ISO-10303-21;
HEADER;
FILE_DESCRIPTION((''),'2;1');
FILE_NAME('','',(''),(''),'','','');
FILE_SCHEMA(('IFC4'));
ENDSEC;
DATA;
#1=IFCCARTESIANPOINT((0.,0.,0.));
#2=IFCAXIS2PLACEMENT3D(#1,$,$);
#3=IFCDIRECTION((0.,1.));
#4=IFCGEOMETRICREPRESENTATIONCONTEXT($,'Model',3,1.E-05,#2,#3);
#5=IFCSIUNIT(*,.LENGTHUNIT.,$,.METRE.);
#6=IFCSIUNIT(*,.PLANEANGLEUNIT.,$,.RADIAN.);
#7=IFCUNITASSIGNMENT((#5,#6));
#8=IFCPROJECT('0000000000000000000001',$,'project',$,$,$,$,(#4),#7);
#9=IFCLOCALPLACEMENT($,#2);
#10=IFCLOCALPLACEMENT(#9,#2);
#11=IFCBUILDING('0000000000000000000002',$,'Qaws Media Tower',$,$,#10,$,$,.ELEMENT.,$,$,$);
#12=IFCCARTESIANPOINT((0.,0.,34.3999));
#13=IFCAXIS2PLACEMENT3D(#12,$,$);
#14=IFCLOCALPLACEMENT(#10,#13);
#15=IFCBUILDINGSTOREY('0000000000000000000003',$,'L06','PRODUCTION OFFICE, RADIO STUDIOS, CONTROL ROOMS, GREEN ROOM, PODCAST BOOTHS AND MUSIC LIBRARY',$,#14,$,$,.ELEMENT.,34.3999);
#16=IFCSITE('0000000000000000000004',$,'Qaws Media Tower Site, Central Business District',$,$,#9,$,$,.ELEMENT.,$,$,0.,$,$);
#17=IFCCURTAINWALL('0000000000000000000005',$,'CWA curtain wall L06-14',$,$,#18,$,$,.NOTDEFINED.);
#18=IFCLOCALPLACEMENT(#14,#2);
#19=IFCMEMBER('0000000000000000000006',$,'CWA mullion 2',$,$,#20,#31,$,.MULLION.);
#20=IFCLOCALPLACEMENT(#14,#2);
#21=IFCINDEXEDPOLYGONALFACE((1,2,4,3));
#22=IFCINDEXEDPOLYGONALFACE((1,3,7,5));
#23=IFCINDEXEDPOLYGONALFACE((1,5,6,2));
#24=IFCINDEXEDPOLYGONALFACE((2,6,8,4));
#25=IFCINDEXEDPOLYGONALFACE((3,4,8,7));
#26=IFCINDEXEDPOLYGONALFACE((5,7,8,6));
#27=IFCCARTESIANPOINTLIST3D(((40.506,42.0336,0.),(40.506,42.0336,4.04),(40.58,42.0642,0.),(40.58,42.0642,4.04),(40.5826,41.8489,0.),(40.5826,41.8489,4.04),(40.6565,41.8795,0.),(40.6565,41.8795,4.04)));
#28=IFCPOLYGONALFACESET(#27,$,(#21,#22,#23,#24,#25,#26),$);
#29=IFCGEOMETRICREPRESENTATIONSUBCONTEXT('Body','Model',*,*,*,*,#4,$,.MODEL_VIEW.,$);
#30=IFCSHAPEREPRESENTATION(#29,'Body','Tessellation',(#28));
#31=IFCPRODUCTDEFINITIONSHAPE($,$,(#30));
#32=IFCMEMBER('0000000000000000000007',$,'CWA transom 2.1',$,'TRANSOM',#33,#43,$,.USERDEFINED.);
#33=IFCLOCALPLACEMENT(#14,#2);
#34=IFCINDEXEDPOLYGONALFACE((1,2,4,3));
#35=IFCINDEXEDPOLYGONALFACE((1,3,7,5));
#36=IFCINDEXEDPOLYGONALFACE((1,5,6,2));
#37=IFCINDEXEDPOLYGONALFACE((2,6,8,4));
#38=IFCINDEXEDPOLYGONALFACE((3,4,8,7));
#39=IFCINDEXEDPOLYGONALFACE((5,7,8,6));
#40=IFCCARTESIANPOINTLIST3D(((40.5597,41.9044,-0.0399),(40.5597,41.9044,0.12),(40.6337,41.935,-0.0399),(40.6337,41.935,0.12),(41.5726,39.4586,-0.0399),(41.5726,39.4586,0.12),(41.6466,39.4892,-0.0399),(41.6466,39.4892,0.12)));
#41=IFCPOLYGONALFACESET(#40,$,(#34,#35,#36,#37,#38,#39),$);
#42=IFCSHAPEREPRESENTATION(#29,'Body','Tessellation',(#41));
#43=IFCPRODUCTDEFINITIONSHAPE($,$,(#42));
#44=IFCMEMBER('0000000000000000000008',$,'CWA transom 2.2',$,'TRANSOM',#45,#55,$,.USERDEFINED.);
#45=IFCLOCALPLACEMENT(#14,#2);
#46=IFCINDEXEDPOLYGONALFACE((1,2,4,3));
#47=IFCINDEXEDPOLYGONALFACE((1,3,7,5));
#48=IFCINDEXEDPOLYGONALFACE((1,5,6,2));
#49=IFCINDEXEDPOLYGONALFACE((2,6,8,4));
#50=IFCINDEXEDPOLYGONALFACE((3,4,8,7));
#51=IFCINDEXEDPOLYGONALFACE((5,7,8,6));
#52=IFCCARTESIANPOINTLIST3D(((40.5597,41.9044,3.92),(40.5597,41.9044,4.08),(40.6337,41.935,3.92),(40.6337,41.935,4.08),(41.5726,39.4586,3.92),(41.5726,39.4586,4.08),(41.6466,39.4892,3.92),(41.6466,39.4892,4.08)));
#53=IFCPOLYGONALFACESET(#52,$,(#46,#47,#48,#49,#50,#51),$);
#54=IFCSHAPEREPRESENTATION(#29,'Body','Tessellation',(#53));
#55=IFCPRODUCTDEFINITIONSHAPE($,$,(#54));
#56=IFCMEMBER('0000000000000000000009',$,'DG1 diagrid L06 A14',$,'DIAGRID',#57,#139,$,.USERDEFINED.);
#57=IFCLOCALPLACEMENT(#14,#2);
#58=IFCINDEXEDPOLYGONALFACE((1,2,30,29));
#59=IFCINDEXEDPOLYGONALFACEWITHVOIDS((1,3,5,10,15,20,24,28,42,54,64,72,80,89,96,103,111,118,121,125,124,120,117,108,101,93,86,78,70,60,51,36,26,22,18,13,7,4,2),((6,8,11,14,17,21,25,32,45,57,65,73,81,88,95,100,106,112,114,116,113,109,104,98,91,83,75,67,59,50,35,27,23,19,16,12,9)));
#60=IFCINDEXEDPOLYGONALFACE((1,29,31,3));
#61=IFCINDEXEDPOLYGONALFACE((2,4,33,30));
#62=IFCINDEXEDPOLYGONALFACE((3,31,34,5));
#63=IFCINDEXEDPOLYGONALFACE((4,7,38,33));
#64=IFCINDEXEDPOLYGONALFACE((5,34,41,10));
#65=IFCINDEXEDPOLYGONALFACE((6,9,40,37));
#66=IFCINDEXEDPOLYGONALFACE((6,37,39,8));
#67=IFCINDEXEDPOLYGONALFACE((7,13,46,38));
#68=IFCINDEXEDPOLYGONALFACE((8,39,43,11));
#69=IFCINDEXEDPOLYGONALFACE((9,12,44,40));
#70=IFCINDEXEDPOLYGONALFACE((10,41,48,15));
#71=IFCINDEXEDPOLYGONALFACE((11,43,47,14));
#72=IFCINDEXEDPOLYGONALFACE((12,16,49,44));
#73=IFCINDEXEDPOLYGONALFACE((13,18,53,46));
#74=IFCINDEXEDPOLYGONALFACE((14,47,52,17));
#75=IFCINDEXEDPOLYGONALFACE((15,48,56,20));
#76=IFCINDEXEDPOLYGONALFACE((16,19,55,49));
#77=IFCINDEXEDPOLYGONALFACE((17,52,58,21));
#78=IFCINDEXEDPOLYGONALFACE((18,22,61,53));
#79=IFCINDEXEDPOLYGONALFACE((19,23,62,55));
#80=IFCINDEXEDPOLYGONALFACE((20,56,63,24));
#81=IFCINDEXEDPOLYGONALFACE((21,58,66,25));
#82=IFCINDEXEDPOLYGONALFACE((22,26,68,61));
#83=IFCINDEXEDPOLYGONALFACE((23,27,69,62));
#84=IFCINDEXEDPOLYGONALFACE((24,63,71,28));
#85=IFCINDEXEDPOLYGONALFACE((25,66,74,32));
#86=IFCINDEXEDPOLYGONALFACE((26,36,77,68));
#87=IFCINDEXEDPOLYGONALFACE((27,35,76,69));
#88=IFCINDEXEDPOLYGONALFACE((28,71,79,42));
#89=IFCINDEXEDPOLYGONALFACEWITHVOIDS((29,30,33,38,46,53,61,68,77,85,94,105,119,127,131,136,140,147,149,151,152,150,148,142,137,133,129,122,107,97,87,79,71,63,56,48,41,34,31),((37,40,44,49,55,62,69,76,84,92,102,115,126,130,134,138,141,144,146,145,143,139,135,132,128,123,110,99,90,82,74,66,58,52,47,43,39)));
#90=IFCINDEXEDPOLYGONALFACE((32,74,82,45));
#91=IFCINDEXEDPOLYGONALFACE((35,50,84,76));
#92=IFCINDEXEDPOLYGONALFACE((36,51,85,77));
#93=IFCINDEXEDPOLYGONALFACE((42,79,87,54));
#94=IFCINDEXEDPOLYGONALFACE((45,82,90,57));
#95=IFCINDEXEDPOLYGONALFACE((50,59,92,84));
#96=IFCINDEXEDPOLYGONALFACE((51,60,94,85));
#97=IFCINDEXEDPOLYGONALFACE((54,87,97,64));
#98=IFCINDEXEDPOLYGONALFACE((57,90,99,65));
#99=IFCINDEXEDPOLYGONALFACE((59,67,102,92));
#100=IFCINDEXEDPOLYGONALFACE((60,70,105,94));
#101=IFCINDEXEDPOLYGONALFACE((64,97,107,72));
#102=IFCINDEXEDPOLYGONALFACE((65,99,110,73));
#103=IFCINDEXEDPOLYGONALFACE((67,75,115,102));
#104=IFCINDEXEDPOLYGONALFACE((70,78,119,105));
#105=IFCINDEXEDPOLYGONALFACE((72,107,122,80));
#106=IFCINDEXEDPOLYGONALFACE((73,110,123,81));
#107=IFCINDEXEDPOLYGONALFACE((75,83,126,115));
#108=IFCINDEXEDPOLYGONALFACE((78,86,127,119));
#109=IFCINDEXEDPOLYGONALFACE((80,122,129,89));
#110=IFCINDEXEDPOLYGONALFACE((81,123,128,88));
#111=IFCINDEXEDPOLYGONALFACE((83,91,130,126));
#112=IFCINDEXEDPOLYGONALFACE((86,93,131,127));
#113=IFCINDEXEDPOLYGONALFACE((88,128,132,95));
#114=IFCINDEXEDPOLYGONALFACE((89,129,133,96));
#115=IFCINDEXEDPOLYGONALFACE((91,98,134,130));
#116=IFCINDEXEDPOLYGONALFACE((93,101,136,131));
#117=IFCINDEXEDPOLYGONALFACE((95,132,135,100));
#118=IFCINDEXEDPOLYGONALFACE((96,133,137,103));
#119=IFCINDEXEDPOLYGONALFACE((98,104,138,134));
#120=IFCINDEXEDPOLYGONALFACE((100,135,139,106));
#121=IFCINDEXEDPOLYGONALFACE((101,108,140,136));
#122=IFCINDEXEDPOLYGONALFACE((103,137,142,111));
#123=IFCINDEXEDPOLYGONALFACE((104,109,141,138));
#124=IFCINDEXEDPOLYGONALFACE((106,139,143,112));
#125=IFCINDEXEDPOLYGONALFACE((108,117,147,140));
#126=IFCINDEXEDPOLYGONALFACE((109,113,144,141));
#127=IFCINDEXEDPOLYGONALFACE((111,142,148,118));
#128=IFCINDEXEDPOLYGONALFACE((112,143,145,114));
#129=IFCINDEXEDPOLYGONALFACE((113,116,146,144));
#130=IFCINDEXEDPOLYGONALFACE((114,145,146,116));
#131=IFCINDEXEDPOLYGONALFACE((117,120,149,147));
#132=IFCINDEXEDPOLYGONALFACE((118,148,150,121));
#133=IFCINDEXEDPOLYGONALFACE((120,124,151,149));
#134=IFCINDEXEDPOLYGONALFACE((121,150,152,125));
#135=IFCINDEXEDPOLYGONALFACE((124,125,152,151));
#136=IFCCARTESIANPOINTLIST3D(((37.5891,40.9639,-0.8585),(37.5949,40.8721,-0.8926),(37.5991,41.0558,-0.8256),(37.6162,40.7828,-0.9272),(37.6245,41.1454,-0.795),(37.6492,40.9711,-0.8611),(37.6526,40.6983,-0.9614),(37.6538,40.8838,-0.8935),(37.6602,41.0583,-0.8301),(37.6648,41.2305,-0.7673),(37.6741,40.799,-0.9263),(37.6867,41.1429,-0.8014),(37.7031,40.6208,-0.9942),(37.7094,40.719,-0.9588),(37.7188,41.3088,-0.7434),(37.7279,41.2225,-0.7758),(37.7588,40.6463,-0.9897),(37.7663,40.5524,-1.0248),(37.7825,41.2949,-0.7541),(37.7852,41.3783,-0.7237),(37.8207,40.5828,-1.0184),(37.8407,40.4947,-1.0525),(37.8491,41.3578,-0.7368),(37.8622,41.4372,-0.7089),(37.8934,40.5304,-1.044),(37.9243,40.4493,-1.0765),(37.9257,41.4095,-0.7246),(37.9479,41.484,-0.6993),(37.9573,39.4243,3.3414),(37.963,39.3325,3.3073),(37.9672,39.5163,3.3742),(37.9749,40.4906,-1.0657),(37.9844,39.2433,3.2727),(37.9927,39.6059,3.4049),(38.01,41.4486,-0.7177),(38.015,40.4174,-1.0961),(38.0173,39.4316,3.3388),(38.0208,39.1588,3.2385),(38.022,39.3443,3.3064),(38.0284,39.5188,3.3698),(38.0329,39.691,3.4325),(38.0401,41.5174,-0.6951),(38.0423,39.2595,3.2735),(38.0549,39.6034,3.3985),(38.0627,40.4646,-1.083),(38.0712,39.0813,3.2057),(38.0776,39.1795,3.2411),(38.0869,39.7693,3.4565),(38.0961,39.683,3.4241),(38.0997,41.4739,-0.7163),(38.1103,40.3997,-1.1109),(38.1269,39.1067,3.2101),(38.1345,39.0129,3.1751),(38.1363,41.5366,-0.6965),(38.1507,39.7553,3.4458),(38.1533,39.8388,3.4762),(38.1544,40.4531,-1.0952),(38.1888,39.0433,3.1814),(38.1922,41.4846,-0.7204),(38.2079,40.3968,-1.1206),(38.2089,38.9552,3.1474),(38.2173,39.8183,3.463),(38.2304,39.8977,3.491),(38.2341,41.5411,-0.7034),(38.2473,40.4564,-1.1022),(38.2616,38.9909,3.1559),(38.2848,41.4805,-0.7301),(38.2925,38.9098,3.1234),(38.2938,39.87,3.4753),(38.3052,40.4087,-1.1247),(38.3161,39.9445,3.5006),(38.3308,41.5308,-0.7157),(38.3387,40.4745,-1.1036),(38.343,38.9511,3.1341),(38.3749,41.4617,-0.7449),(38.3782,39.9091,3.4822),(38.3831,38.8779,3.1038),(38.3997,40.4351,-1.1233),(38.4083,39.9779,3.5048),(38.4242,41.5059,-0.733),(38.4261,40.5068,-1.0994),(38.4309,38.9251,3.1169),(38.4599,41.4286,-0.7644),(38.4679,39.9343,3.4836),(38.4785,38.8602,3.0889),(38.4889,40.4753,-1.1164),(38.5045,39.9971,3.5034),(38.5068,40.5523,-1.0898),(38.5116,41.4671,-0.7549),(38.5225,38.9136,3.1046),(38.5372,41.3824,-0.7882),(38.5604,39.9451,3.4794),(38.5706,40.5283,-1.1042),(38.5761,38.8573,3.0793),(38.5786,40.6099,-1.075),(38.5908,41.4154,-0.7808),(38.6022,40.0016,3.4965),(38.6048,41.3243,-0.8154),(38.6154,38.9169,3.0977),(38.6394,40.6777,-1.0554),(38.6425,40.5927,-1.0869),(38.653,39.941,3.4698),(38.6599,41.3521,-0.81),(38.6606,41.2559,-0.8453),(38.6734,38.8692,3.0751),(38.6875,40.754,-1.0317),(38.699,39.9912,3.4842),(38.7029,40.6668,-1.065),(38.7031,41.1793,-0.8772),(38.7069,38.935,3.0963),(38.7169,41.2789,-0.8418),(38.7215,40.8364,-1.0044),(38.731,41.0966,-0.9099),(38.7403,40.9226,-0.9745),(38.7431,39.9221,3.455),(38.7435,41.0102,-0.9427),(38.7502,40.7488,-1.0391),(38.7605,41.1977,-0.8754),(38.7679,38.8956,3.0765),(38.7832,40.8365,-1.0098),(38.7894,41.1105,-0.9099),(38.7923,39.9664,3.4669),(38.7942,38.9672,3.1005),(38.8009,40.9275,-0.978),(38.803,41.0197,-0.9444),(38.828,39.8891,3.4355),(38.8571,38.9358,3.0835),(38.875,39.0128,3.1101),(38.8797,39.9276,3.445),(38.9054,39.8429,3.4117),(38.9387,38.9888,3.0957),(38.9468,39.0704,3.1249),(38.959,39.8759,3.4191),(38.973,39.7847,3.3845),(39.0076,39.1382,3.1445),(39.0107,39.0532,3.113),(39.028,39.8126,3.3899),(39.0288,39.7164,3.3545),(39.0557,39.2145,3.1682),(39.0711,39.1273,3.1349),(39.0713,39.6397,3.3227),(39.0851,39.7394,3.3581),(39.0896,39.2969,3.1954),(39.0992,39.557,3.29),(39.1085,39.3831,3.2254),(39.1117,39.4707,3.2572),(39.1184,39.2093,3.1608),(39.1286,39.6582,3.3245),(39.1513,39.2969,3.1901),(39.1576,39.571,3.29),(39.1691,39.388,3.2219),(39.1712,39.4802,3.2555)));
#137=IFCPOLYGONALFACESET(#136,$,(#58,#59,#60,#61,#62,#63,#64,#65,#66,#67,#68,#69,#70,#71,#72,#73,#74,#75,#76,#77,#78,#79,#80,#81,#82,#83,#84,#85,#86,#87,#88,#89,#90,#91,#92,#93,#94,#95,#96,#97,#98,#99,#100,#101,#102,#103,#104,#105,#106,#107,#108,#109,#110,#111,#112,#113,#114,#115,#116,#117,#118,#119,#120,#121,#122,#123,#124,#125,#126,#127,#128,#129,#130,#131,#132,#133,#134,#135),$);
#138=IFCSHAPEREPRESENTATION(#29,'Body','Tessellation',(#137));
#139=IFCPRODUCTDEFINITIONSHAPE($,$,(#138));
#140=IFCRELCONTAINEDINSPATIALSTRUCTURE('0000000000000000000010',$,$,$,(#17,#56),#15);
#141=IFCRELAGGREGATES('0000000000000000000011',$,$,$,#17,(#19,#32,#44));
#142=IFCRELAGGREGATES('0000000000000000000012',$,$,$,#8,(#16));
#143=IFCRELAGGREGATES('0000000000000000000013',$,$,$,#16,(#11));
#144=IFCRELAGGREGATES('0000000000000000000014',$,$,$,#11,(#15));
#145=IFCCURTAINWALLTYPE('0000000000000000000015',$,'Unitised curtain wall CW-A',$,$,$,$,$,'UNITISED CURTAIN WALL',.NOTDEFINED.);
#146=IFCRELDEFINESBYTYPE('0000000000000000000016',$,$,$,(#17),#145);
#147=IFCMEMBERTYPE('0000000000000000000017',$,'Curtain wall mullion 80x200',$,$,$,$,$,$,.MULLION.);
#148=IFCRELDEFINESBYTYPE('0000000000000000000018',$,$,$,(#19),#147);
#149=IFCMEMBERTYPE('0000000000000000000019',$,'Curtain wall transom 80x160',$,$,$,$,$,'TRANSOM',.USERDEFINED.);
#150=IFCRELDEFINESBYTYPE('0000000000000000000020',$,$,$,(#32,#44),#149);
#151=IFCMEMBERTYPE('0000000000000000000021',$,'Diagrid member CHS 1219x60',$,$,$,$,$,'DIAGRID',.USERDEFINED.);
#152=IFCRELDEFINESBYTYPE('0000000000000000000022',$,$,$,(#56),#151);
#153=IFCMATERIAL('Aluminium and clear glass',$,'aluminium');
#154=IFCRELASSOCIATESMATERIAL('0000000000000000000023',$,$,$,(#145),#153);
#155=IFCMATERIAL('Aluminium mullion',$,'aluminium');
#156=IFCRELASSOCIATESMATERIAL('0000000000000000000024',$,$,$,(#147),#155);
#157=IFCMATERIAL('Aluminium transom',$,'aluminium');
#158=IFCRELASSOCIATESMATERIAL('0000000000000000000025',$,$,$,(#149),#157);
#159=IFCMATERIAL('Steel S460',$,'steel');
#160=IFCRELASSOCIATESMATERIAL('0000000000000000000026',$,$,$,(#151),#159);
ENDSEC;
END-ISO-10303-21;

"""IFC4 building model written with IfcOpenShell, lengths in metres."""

from ifc_helpers import new_model, si_unit, direction, frame, origin, origin_2d, place, context, subcontext, project, spatial, rectangle, hollow_circle, extrude, material, material_profile, profile_set, type_object, element, aggregate, save


model = new_model("IFC4")

# Units and contexts
model_context = context("Model", 3, precision=1e-05, world=origin(), true_north=direction((0.0, 1.0)))
body_context = subcontext(model_context, "Body", "Model", "MODEL_VIEW")
ifc_project = project(units=[si_unit("LENGTHUNIT", "METRE"), si_unit("PLANEANGLEUNIT", "RADIAN")], contexts=[model_context])

# Site, building, storey
site_placement = place(None, origin())
site = spatial("IfcSite", under=ifc_project, at=site_placement, Name="Qaws Media Tower Site, Central Business District", CompositionType="ELEMENT", RefElevation=0.0)
building_placement = place(site_placement, origin())
building = spatial("IfcBuilding", under=site, at=building_placement, Name="Qaws Media Tower", CompositionType="ELEMENT")
storey_placement = place(building_placement, frame((0.0, 0.0, 34.3999)))
storey = spatial("IfcBuildingStorey", under=building, at=storey_placement, Name="L06", Description="PRODUCTION OFFICE, RADIO STUDIOS, CONTROL ROOMS, GREEN ROOM, PODCAST BOOTHS AND MUSIC LIBRARY", CompositionType="ELEMENT", Elevation=34.3999)

# Curtain wall, members
ifc_material_1 = material(Name="Aluminium and clear glass", Category="aluminium")
curtain_wall_type = type_object("IfcCurtainWallType", Name="Unitised curtain wall CW-A", ElementType="UNITISED CURTAIN WALL", PredefinedType="NOTDEFINED", material=ifc_material_1)
curtain_wall_placement = place(storey_placement, origin())
curtain_wall = element("IfcCurtainWall", 1, at=curtain_wall_placement, inside=storey, type_object=curtain_wall_type, Name="CWA curtain wall L06-14", PredefinedType="NOTDEFINED")
ifc_material_2 = material(Name="Aluminium mullion", Category="aluminium")
ifc_material_profile_1 = material_profile(ifc_material_2, rectangle(XDim=0.0801, YDim=0.2, at=origin_2d()), Name="80x200")
ifc_profile_set_1 = profile_set([ifc_material_profile_1], Name="Aluminium mullion")
member_type_1 = type_object("IfcMemberType", Name="Curtain wall mullion 80x200", PredefinedType="MULLION", material=ifc_profile_set_1)
member_1_placement = place(storey_placement, frame((40.5813, 41.9565, 0.0), z_axis=(0.0, 0.0, 1.0), x_axis=(0.92388, 0.382683, 0.0)))
member_1 = element("IfcMember", 2, at=member_1_placement, type_object=member_type_1, Name="CWA mullion 2", PredefinedType="MULLION", context=body_context, shape_type="SweptSolid", body=[
    extrude(rectangle(XDim=0.0801, YDim=0.2, at=origin_2d()), origin(), (0.0, 0.0, 1.0), 4.04),
])
ifc_material_3 = material(Name="Aluminium transom", Category="aluminium")
ifc_material_profile_2 = material_profile(ifc_material_3, rectangle(XDim=0.0801, YDim=0.1599, at=origin_2d()), Name="80x160")
ifc_profile_set_2 = profile_set([ifc_material_profile_2], Name="Aluminium transom")
member_type_2 = type_object("IfcMemberType", Name="Curtain wall transom 80x160", ElementType="TRANSOM", PredefinedType="USERDEFINED", material=ifc_profile_set_2)
member_2_placement = place(storey_placement, frame((40.5967, 41.9197, 0.04), z_axis=(0.382637, -0.923899, 0.0), x_axis=(0.923899, 0.382637, 0.0)))
member_2 = element("IfcMember", 3, at=member_2_placement, type_object=member_type_2, Name="CWA transom 2.1", ObjectType="TRANSOM", PredefinedType="USERDEFINED", context=body_context, shape_type="SweptSolid", body=[
    extrude(rectangle(XDim=0.0801, YDim=0.1599, at=origin_2d()), origin(), (0.0, 0.0, 1.0), 2.6472),
])
member_3_placement = place(storey_placement, frame((40.5967, 41.9197, 4.0), z_axis=(0.382637, -0.923899, 0.0), x_axis=(0.923899, 0.382637, 0.0)))
member_3 = element("IfcMember", 4, at=member_3_placement, type_object=member_type_2, Name="CWA transom 2.2", ObjectType="TRANSOM", PredefinedType="USERDEFINED", context=body_context, shape_type="SweptSolid", body=[
    extrude(rectangle(XDim=0.0801, YDim=0.1599, at=origin_2d()), origin(), (0.0, 0.0, 1.0), 2.6472),
])

# Member
ifc_material_4 = material(Name="Steel S460", Category="steel")
ifc_material_profile_3 = material_profile(ifc_material_4, hollow_circle(Radius=0.6096, WallThickness=0.0601, at=origin_2d()), Name="CHS 1219x60")
ifc_profile_set_3 = profile_set([ifc_material_profile_3], Name="Steel S460")
member_type_3 = type_object("IfcMemberType", Name="Diagrid member CHS 1219x60", ElementType="DIAGRID", PredefinedType="USERDEFINED", material=ifc_profile_set_3)
for number, where, z_axis, x_axis, name in (
    (5, (38.1965, 40.9688, -0.9099), (0.082026, -0.34301, 0.935744), (0.972577, 0.23258, 0.0), "DG1 diagrid L06 A14"),
):
    element("IfcMember", number, at=place(storey_placement, frame(where, z_axis=z_axis, x_axis=x_axis)), inside=storey, type_object=member_type_3, Name=name, ObjectType="DIAGRID", PredefinedType="USERDEFINED", context=body_context, shape_type="SweptSolid", body=[
        extrude(hollow_circle(Radius=0.6096, WallThickness=0.0601, at=origin_2d()), origin(), (0.0, 0.0, 1.0), 4.4883),
    ])

aggregate(curtain_wall, [member_1, member_2, member_3])

save(model, "model.ifc")
